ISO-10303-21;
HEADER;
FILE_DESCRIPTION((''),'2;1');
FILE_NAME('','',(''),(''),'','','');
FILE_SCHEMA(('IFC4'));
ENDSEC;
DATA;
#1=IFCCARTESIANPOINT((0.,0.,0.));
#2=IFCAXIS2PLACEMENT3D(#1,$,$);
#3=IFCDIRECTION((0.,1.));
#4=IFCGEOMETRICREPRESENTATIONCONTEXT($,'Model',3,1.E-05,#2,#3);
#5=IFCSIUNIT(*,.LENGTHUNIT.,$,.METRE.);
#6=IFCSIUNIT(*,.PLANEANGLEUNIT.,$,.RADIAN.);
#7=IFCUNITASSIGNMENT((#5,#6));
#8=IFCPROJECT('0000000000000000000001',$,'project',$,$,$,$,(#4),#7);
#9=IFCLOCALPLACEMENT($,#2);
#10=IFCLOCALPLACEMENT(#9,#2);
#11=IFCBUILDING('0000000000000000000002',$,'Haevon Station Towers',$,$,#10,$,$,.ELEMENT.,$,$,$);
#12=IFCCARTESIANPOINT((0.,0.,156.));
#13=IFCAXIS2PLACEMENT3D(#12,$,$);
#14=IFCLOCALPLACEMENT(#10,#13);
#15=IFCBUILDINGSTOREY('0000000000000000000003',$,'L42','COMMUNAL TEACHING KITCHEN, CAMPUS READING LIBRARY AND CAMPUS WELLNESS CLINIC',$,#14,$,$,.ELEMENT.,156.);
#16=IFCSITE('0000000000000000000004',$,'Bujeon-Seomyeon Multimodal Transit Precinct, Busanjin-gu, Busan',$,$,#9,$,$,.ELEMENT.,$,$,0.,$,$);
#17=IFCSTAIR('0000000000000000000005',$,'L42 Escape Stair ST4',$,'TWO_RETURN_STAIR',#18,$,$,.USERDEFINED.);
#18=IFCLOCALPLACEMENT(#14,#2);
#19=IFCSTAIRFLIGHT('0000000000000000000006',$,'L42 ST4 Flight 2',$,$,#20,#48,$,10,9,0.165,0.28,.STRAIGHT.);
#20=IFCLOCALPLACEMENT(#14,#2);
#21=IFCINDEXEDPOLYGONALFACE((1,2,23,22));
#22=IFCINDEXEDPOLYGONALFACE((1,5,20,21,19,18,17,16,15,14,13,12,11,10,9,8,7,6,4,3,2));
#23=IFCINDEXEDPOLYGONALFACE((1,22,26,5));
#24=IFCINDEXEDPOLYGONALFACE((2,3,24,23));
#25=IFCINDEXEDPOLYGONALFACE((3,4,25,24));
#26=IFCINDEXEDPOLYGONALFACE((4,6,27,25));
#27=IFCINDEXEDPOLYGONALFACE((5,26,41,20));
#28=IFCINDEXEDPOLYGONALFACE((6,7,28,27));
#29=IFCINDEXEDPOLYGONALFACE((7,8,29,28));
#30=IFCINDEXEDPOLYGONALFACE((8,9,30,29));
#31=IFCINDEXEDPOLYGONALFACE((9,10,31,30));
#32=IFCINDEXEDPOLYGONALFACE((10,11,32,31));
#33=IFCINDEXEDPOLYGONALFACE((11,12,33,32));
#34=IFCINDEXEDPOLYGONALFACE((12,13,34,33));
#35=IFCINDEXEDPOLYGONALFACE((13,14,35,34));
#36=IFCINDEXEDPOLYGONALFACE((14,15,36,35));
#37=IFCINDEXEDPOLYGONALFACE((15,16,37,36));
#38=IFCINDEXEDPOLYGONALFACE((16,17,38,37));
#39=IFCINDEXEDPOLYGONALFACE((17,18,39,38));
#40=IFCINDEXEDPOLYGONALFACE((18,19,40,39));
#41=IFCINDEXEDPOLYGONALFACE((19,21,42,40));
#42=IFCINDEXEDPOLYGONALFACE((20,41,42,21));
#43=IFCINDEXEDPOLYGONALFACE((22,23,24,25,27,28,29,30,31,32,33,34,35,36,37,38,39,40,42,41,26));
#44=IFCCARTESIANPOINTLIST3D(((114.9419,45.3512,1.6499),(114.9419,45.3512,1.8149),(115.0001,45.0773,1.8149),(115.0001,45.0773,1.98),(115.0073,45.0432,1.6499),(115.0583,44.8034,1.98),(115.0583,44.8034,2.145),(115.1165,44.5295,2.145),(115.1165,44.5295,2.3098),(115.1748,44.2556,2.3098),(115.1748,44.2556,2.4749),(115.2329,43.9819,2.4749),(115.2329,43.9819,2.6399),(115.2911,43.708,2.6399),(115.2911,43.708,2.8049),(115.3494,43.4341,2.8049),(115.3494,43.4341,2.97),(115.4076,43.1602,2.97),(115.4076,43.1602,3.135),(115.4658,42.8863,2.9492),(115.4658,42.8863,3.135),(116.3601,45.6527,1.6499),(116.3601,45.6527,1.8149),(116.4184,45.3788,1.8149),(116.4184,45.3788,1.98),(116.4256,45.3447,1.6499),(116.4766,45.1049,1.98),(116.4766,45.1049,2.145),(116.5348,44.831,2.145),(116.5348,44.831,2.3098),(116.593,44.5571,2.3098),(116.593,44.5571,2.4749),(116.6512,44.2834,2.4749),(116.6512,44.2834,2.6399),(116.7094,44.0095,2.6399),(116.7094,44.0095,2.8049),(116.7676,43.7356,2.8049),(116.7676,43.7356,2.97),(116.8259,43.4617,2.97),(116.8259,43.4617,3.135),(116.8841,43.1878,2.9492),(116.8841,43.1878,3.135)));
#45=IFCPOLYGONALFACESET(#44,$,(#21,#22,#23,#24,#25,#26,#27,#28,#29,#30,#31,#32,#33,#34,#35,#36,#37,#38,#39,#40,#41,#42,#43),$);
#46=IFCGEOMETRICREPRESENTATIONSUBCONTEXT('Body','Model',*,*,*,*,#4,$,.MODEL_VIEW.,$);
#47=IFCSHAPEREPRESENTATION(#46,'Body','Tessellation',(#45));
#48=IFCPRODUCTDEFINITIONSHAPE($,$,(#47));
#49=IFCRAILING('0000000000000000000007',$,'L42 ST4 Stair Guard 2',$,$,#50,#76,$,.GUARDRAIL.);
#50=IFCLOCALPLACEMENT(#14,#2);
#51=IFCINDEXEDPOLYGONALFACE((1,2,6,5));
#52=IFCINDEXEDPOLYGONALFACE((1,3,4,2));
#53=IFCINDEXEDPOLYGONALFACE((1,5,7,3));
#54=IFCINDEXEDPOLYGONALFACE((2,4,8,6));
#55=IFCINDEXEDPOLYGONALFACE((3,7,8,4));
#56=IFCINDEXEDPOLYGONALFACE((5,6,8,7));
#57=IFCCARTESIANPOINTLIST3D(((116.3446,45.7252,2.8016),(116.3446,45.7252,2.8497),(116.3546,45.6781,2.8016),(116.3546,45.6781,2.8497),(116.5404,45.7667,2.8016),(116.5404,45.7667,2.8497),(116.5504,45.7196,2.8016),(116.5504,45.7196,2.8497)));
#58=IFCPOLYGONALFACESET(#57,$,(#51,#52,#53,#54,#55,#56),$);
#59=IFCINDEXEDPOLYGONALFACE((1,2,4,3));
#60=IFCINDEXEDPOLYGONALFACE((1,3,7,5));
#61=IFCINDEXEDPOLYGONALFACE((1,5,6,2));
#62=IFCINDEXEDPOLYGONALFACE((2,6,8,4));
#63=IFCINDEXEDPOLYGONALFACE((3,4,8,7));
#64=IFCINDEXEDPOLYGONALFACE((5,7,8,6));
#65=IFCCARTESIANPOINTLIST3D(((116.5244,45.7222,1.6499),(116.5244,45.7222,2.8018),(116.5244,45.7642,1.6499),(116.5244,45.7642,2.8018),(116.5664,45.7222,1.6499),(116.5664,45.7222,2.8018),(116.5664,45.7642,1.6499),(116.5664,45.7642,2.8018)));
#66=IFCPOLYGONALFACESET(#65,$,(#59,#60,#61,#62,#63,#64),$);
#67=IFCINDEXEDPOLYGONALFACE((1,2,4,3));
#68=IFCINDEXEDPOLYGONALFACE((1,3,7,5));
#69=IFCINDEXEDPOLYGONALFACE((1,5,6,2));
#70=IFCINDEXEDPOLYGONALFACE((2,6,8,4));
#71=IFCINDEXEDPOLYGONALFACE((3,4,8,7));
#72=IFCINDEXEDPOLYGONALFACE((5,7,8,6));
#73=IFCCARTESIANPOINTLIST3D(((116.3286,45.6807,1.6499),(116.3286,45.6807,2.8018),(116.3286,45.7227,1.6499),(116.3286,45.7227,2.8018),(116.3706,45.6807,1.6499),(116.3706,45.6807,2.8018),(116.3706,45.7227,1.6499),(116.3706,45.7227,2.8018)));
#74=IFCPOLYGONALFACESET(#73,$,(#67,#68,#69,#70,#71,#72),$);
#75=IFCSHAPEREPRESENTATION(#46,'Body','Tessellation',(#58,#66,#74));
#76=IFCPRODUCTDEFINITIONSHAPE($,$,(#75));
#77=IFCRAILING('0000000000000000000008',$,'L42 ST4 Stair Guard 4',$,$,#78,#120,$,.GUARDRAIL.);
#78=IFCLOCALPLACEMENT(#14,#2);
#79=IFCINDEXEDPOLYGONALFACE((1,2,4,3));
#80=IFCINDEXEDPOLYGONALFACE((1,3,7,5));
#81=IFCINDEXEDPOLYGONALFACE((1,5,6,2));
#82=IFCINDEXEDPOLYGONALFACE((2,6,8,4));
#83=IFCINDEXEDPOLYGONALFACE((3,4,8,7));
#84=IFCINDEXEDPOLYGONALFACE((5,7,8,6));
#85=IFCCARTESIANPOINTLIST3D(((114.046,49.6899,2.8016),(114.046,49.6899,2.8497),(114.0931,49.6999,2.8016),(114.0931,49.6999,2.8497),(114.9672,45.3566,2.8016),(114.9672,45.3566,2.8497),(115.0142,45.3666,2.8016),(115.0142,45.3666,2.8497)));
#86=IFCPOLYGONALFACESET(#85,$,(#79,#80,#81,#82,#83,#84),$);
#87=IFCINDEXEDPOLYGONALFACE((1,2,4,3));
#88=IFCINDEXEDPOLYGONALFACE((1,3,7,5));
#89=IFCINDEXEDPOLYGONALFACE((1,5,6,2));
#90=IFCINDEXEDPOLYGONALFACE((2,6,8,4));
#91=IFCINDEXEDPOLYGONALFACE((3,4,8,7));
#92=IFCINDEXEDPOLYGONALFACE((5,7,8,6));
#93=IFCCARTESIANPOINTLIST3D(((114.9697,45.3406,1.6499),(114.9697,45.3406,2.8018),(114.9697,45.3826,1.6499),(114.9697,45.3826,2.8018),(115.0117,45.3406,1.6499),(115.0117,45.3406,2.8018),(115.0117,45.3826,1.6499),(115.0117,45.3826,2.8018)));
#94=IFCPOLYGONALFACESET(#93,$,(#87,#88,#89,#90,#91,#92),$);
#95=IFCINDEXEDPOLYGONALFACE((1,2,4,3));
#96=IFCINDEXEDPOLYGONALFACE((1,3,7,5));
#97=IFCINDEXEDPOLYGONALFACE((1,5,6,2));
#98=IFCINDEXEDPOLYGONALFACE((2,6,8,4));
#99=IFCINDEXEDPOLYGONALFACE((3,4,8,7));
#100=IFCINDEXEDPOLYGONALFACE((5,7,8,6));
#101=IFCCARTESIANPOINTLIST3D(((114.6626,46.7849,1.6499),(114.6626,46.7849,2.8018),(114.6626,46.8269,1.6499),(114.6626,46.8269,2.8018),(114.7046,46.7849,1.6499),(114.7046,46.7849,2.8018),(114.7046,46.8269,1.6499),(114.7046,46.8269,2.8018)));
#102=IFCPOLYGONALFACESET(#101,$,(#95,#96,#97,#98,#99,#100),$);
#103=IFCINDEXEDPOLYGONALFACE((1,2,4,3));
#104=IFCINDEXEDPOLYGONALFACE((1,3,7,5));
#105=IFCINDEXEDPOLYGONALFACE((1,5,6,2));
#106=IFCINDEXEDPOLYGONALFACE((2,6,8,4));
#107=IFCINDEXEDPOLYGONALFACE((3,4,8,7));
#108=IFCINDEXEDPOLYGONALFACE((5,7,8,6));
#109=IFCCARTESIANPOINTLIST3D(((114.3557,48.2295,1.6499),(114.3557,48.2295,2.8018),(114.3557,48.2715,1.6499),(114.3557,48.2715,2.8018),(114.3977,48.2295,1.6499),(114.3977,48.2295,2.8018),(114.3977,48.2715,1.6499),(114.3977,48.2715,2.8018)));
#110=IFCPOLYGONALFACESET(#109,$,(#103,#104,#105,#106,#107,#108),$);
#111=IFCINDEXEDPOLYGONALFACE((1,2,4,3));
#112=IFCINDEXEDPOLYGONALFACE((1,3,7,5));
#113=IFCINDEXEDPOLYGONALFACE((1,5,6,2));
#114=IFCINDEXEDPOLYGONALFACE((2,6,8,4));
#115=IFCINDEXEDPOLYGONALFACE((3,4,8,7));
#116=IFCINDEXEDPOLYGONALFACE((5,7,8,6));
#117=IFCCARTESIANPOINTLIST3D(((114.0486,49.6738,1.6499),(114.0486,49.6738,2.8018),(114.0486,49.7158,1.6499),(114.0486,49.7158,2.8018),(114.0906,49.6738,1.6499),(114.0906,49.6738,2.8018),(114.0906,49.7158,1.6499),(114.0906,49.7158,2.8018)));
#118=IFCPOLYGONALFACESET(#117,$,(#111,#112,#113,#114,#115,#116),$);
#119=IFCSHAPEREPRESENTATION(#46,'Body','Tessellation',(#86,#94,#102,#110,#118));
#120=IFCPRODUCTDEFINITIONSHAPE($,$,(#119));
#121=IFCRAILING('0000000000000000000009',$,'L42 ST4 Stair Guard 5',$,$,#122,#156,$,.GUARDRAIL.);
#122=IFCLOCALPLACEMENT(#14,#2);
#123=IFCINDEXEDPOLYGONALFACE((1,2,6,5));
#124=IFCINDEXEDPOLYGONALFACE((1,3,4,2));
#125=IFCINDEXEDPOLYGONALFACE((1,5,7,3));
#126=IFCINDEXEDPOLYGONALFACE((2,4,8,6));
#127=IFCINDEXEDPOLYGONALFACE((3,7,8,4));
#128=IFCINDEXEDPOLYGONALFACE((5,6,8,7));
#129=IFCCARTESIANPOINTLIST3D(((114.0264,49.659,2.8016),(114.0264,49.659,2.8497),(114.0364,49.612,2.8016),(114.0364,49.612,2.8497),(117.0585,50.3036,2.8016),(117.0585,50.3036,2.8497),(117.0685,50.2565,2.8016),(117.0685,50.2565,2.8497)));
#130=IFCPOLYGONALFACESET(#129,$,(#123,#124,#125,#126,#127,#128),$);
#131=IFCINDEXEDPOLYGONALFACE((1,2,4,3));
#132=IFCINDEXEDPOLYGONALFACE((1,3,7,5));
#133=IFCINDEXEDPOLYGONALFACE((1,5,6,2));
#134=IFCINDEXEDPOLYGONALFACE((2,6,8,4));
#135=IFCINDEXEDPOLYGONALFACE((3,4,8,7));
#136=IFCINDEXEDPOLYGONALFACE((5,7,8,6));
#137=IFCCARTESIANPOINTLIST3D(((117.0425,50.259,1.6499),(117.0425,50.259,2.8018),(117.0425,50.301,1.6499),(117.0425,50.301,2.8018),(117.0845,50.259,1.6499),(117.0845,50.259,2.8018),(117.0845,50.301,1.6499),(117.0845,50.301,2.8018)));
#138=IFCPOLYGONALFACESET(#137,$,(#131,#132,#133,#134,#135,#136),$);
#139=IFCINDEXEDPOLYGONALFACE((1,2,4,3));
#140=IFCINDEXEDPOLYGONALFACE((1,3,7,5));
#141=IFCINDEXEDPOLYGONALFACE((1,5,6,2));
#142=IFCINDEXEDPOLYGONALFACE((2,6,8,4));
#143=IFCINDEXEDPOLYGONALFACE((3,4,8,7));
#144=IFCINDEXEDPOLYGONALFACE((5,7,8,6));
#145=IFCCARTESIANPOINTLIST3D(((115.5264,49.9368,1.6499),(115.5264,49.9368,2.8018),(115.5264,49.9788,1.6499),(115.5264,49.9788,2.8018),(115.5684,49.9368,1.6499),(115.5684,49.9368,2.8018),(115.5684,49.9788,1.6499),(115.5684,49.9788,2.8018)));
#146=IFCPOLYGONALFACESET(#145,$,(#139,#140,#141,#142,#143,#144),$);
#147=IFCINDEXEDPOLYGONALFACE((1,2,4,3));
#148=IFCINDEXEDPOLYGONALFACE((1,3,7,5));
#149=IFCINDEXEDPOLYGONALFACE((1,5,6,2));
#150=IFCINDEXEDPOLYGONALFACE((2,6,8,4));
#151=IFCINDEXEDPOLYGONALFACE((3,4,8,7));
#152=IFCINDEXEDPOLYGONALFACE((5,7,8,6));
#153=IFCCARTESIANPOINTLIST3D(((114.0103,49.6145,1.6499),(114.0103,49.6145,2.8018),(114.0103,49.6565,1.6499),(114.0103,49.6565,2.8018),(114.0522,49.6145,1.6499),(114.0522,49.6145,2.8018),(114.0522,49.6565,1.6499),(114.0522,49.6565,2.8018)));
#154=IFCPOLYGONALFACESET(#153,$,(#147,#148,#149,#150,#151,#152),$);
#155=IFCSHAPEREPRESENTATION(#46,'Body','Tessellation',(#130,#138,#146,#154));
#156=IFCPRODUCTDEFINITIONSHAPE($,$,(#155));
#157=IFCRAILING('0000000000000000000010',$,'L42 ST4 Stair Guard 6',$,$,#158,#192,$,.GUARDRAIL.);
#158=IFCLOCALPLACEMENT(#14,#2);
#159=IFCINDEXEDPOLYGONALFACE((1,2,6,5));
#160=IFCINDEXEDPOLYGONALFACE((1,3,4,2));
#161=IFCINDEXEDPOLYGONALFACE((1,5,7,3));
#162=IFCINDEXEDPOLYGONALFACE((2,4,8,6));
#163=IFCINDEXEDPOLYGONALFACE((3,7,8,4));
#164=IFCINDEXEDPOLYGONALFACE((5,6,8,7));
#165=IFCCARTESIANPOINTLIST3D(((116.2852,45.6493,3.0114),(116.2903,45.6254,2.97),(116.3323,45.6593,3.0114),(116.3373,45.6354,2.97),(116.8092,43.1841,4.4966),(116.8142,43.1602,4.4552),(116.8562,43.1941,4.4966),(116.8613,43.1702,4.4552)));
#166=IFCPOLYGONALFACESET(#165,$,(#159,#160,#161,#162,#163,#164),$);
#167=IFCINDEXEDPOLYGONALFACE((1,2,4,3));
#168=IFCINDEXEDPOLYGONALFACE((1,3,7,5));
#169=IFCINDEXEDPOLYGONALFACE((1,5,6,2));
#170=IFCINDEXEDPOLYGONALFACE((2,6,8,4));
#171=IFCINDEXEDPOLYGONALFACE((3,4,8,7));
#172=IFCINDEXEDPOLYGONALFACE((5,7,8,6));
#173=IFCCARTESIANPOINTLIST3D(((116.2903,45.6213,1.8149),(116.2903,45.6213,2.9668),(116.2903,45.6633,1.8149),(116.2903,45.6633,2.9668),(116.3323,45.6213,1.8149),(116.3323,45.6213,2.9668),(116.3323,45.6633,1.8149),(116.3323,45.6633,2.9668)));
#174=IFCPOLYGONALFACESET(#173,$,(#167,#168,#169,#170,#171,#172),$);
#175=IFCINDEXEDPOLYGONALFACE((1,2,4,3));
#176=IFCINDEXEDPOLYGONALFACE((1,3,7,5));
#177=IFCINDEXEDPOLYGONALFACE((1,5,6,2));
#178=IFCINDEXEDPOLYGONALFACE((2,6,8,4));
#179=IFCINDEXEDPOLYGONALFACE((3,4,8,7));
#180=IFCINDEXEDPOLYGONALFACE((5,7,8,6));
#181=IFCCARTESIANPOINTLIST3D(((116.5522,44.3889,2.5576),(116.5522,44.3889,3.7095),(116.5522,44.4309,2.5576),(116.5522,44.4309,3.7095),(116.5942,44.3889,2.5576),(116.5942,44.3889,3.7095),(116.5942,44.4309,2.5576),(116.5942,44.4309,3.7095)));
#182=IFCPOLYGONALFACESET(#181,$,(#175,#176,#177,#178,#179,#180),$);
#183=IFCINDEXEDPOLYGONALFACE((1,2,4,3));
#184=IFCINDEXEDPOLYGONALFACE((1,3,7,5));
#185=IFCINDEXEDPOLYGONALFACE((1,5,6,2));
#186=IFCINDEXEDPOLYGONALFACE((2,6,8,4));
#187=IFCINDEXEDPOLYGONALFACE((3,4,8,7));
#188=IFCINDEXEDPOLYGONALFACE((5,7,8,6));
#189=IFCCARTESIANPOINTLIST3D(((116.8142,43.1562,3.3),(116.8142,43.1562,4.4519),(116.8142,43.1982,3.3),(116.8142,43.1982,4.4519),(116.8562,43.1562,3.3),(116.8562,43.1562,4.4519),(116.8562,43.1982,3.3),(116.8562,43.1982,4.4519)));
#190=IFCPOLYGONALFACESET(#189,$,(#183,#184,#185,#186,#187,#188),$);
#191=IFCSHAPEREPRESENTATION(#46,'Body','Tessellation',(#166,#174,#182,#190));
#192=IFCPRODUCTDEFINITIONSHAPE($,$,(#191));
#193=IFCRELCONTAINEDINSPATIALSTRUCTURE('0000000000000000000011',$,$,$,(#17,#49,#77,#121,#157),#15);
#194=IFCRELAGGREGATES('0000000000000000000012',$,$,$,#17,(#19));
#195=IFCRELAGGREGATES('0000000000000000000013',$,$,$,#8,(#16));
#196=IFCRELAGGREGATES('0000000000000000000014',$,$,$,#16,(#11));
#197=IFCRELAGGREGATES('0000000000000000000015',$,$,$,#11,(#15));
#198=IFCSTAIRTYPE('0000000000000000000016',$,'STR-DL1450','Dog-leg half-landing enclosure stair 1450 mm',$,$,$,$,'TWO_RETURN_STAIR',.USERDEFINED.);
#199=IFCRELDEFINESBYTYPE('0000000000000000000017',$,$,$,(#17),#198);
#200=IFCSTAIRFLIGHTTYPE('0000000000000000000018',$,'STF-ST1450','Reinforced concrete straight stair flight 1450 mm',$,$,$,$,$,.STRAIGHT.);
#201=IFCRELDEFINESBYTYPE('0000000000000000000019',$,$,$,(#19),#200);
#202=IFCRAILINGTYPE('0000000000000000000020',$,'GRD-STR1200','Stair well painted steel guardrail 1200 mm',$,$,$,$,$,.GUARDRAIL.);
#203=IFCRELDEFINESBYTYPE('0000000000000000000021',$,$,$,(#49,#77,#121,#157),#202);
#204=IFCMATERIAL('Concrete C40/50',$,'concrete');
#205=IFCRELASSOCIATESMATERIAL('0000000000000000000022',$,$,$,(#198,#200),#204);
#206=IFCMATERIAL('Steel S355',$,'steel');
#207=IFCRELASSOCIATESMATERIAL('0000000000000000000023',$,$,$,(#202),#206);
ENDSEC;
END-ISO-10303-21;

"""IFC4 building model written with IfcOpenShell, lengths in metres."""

from ifc_helpers import new_model, si_unit, direction, frame, origin, origin_2d, place, context, subcontext, project, spatial, polyline, rectangle, outline, extrude, material, type_object, element, aggregate, save


model = new_model("IFC4")

# Units and contexts
model_context = context("Model", 3, precision=1e-05, world=origin(), true_north=direction((0.0, 1.0)))
body_context = subcontext(model_context, "Body", "Model", "MODEL_VIEW")
ifc_project = project(units=[si_unit("LENGTHUNIT", "METRE"), si_unit("PLANEANGLEUNIT", "RADIAN")], contexts=[model_context])

# Site, building, storey
site_placement = place(None, origin())
site = spatial("IfcSite", under=ifc_project, at=site_placement, Name="Bujeon-Seomyeon Multimodal Transit Precinct, Busanjin-gu, Busan", CompositionType="ELEMENT", RefElevation=0.0)
building_placement = place(site_placement, origin())
building = spatial("IfcBuilding", under=site, at=building_placement, Name="Haevon Station Towers", CompositionType="ELEMENT")
storey_placement = place(building_placement, frame((0.0, 0.0, 156.0)))
storey = spatial("IfcBuildingStorey", under=building, at=storey_placement, Name="L42", Description="COMMUNAL TEACHING KITCHEN, CAMPUS READING LIBRARY AND CAMPUS WELLNESS CLINIC", CompositionType="ELEMENT", Elevation=156.0)

# Shared definitions
ifc_material_1 = material(Name="Steel S355", Category="steel")

# Shared definitions
ifc_material_2 = material(Name="Concrete C40/50", Category="concrete")

# Stair, stair flight
stair_type = type_object("IfcStairType", Name="STR-DL1450", Description="Dog-leg half-landing enclosure stair 1450 mm", ElementType="TWO_RETURN_STAIR", PredefinedType="USERDEFINED", material=ifc_material_2)
stair_placement = place(storey_placement, origin())
stair = element("IfcStair", 1, at=stair_placement, inside=storey, type_object=stair_type, Name="L42 Escape Stair ST4", ObjectType="TWO_RETURN_STAIR", PredefinedType="USERDEFINED")
stair_flight_type = type_object("IfcStairFlightType", Name="STF-ST1450", Description="Reinforced concrete straight stair flight 1450 mm", PredefinedType="STRAIGHT", material=ifc_material_2)
stair_flight_placement = place(storey_placement, frame((115.6509, 45.502, 1.6499), z_axis=(0.0, 0.0, 1.0), x_axis=(0.207912, -0.978148, 0.0)))
stair_flight = element("IfcStairFlight", 2, at=stair_flight_placement, type_object=stair_flight_type, Name="L42 ST4 Flight 2", NumberOfRisers=10, NumberOfTreads=9, PredefinedType="STRAIGHT", RiserHeight=0.165, TreadLength=0.28, context=body_context, shape_type="SweptSolid", body=[
    extrude(outline(polyline([(0.0, 0.0), (0.0, 0.165), (0.28, 0.165), (0.28, 0.3301), (0.5601, 0.3301), (0.5601, 0.4951), (0.8401, 0.4951), (0.8401, 0.6599), (1.1201, 0.6599), (1.1201, 0.825), (1.3999, 0.825), (1.3999, 0.99), (1.6799, 0.99), (1.6799, 1.155), (1.96, 1.155), (1.96, 1.3201), (2.24, 1.3201), (2.24, 1.4851), (2.52, 1.4851), (2.52, 1.6499), (2.52, 1.2993), (0.3149, 0.0), (0.0, 0.0)])), frame((0.0, 0.7251, 0.0), z_axis=(0.0, -1.0, 0.0), x_axis=(1.0, 0.0, 0.0)), (0.0, 0.0, 1.0), 1.45),
])
aggregate(stair, [stair_flight])

# Railings
railing_type_1 = type_object("IfcRailingType", Name="GRD-STR1200", Description="Stair well painted steel guardrail 1200 mm", PredefinedType="GUARDRAIL", material=ifc_material_1)
railing_1_placement = place(storey_placement, frame((116.5454, 45.7432, 1.6499)))
element("IfcRailing", 3, at=railing_1_placement, inside=storey, type_object=railing_type_1, Name="L42 ST4 Stair Guard 2", PredefinedType="GUARDRAIL", context=body_context, shape_type="SweptSolid", body=[
    extrude(rectangle(XDim=0.0481, YDim=0.0481, at=origin_2d()), frame((0.0, 0.0, 1.1758), z_axis=(-0.978264, -0.207363, 0.0), x_axis=(0.207363, -0.978264, 0.0)), (0.0, 0.0, 1.0), 0.2002),
    extrude(rectangle(XDim=0.042, YDim=0.042, at=origin_2d()), origin(), (0.0, 0.0, 1.0), 1.1519),
    extrude(rectangle(XDim=0.042, YDim=0.042, at=origin_2d()), frame((-0.1958, -0.0415, 0.0)), (0.0, 0.0, 1.0), 1.1519),
])
railing_2_placement = place(storey_placement, frame((114.9907, 45.3616, 1.6499)))
element("IfcRailing", 4, at=railing_2_placement, inside=storey, type_object=railing_type_1, Name="L42 ST4 Stair Guard 4", PredefinedType="GUARDRAIL", context=body_context, shape_type="SweptSolid", body=[
    extrude(rectangle(XDim=0.0481, YDim=0.0481, at=origin_2d()), frame((0.0, 0.0, 1.1758), z_axis=(-0.207929, 0.978144, 0.0), x_axis=(-0.978144, -0.207929, 0.0)), (0.0, 0.0, 1.0), 4.4302),
    extrude(rectangle(XDim=0.042, YDim=0.042, at=origin_2d()), origin(), (0.0, 0.0, 1.0), 1.1519),
    extrude(rectangle(XDim=0.042, YDim=0.042, at=origin_2d()), frame((-0.3071, 1.4443, 0.0)), (0.0, 0.0, 1.0), 1.1519),
    extrude(rectangle(XDim=0.042, YDim=0.042, at=origin_2d()), frame((-0.614, 2.8889, 0.0)), (0.0, 0.0, 1.0), 1.1519),
    extrude(rectangle(XDim=0.042, YDim=0.042, at=origin_2d()), frame((-0.9211, 4.3333, 0.0)), (0.0, 0.0, 1.0), 1.1519),
])
railing_3_placement = place(storey_placement, frame((117.0635, 50.28, 1.6499)))
element("IfcRailing", 5, at=railing_3_placement, inside=storey, type_object=railing_type_1, Name="L42 ST4 Stair Guard 5", PredefinedType="GUARDRAIL", context=body_context, shape_type="SweptSolid", body=[
    extrude(rectangle(XDim=0.0481, YDim=0.0481, at=origin_2d()), frame((0.0, 0.0, 1.1758), z_axis=(-0.978147, -0.207915, 0.0), x_axis=(0.207915, -0.978147, 0.0)), (0.0, 0.0, 1.0), 3.0999),
    extrude(rectangle(XDim=0.042, YDim=0.042, at=origin_2d()), origin(), (0.0, 0.0, 1.0), 1.1519),
    extrude(rectangle(XDim=0.042, YDim=0.042, at=origin_2d()), frame((-1.5161, -0.3223, 0.0)), (0.0, 0.0, 1.0), 1.1519),
    extrude(rectangle(XDim=0.042, YDim=0.042, at=origin_2d()), frame((-3.0322, -0.6445, 0.0)), (0.0, 0.0, 1.0), 1.1519),
])
railing_4_placement = place(storey_placement, frame((116.3113, 45.6423, 1.8149)))
element("IfcRailing", 6, at=railing_4_placement, inside=storey, type_object=railing_type_1, Name="L42 ST4 Stair Guard 6", PredefinedType="GUARDRAIL", context=body_context, shape_type="SweptSolid", body=[
    extrude(rectangle(XDim=0.0481, YDim=0.0481, at=origin_2d()), frame((0.0, 0.0, 1.1758), z_axis=(0.179109, -0.842712, 0.507697), x_axis=(0.978151, 0.207895, 0.0)), (0.0, 0.0, 1.0), 2.9253),
    extrude(rectangle(XDim=0.042, YDim=0.042, at=origin_2d()), origin(), (0.0, 0.0, 1.0), 1.1519),
    extrude(rectangle(XDim=0.042, YDim=0.042, at=origin_2d()), frame((0.262, -1.2324, 0.7427)), (0.0, 0.0, 1.0), 1.1519),
    extrude(rectangle(XDim=0.042, YDim=0.042, at=origin_2d()), frame((0.5239, -2.4651, 1.4851)), (0.0, 0.0, 1.0), 1.1519),
])

save(model, "model.ifc")
